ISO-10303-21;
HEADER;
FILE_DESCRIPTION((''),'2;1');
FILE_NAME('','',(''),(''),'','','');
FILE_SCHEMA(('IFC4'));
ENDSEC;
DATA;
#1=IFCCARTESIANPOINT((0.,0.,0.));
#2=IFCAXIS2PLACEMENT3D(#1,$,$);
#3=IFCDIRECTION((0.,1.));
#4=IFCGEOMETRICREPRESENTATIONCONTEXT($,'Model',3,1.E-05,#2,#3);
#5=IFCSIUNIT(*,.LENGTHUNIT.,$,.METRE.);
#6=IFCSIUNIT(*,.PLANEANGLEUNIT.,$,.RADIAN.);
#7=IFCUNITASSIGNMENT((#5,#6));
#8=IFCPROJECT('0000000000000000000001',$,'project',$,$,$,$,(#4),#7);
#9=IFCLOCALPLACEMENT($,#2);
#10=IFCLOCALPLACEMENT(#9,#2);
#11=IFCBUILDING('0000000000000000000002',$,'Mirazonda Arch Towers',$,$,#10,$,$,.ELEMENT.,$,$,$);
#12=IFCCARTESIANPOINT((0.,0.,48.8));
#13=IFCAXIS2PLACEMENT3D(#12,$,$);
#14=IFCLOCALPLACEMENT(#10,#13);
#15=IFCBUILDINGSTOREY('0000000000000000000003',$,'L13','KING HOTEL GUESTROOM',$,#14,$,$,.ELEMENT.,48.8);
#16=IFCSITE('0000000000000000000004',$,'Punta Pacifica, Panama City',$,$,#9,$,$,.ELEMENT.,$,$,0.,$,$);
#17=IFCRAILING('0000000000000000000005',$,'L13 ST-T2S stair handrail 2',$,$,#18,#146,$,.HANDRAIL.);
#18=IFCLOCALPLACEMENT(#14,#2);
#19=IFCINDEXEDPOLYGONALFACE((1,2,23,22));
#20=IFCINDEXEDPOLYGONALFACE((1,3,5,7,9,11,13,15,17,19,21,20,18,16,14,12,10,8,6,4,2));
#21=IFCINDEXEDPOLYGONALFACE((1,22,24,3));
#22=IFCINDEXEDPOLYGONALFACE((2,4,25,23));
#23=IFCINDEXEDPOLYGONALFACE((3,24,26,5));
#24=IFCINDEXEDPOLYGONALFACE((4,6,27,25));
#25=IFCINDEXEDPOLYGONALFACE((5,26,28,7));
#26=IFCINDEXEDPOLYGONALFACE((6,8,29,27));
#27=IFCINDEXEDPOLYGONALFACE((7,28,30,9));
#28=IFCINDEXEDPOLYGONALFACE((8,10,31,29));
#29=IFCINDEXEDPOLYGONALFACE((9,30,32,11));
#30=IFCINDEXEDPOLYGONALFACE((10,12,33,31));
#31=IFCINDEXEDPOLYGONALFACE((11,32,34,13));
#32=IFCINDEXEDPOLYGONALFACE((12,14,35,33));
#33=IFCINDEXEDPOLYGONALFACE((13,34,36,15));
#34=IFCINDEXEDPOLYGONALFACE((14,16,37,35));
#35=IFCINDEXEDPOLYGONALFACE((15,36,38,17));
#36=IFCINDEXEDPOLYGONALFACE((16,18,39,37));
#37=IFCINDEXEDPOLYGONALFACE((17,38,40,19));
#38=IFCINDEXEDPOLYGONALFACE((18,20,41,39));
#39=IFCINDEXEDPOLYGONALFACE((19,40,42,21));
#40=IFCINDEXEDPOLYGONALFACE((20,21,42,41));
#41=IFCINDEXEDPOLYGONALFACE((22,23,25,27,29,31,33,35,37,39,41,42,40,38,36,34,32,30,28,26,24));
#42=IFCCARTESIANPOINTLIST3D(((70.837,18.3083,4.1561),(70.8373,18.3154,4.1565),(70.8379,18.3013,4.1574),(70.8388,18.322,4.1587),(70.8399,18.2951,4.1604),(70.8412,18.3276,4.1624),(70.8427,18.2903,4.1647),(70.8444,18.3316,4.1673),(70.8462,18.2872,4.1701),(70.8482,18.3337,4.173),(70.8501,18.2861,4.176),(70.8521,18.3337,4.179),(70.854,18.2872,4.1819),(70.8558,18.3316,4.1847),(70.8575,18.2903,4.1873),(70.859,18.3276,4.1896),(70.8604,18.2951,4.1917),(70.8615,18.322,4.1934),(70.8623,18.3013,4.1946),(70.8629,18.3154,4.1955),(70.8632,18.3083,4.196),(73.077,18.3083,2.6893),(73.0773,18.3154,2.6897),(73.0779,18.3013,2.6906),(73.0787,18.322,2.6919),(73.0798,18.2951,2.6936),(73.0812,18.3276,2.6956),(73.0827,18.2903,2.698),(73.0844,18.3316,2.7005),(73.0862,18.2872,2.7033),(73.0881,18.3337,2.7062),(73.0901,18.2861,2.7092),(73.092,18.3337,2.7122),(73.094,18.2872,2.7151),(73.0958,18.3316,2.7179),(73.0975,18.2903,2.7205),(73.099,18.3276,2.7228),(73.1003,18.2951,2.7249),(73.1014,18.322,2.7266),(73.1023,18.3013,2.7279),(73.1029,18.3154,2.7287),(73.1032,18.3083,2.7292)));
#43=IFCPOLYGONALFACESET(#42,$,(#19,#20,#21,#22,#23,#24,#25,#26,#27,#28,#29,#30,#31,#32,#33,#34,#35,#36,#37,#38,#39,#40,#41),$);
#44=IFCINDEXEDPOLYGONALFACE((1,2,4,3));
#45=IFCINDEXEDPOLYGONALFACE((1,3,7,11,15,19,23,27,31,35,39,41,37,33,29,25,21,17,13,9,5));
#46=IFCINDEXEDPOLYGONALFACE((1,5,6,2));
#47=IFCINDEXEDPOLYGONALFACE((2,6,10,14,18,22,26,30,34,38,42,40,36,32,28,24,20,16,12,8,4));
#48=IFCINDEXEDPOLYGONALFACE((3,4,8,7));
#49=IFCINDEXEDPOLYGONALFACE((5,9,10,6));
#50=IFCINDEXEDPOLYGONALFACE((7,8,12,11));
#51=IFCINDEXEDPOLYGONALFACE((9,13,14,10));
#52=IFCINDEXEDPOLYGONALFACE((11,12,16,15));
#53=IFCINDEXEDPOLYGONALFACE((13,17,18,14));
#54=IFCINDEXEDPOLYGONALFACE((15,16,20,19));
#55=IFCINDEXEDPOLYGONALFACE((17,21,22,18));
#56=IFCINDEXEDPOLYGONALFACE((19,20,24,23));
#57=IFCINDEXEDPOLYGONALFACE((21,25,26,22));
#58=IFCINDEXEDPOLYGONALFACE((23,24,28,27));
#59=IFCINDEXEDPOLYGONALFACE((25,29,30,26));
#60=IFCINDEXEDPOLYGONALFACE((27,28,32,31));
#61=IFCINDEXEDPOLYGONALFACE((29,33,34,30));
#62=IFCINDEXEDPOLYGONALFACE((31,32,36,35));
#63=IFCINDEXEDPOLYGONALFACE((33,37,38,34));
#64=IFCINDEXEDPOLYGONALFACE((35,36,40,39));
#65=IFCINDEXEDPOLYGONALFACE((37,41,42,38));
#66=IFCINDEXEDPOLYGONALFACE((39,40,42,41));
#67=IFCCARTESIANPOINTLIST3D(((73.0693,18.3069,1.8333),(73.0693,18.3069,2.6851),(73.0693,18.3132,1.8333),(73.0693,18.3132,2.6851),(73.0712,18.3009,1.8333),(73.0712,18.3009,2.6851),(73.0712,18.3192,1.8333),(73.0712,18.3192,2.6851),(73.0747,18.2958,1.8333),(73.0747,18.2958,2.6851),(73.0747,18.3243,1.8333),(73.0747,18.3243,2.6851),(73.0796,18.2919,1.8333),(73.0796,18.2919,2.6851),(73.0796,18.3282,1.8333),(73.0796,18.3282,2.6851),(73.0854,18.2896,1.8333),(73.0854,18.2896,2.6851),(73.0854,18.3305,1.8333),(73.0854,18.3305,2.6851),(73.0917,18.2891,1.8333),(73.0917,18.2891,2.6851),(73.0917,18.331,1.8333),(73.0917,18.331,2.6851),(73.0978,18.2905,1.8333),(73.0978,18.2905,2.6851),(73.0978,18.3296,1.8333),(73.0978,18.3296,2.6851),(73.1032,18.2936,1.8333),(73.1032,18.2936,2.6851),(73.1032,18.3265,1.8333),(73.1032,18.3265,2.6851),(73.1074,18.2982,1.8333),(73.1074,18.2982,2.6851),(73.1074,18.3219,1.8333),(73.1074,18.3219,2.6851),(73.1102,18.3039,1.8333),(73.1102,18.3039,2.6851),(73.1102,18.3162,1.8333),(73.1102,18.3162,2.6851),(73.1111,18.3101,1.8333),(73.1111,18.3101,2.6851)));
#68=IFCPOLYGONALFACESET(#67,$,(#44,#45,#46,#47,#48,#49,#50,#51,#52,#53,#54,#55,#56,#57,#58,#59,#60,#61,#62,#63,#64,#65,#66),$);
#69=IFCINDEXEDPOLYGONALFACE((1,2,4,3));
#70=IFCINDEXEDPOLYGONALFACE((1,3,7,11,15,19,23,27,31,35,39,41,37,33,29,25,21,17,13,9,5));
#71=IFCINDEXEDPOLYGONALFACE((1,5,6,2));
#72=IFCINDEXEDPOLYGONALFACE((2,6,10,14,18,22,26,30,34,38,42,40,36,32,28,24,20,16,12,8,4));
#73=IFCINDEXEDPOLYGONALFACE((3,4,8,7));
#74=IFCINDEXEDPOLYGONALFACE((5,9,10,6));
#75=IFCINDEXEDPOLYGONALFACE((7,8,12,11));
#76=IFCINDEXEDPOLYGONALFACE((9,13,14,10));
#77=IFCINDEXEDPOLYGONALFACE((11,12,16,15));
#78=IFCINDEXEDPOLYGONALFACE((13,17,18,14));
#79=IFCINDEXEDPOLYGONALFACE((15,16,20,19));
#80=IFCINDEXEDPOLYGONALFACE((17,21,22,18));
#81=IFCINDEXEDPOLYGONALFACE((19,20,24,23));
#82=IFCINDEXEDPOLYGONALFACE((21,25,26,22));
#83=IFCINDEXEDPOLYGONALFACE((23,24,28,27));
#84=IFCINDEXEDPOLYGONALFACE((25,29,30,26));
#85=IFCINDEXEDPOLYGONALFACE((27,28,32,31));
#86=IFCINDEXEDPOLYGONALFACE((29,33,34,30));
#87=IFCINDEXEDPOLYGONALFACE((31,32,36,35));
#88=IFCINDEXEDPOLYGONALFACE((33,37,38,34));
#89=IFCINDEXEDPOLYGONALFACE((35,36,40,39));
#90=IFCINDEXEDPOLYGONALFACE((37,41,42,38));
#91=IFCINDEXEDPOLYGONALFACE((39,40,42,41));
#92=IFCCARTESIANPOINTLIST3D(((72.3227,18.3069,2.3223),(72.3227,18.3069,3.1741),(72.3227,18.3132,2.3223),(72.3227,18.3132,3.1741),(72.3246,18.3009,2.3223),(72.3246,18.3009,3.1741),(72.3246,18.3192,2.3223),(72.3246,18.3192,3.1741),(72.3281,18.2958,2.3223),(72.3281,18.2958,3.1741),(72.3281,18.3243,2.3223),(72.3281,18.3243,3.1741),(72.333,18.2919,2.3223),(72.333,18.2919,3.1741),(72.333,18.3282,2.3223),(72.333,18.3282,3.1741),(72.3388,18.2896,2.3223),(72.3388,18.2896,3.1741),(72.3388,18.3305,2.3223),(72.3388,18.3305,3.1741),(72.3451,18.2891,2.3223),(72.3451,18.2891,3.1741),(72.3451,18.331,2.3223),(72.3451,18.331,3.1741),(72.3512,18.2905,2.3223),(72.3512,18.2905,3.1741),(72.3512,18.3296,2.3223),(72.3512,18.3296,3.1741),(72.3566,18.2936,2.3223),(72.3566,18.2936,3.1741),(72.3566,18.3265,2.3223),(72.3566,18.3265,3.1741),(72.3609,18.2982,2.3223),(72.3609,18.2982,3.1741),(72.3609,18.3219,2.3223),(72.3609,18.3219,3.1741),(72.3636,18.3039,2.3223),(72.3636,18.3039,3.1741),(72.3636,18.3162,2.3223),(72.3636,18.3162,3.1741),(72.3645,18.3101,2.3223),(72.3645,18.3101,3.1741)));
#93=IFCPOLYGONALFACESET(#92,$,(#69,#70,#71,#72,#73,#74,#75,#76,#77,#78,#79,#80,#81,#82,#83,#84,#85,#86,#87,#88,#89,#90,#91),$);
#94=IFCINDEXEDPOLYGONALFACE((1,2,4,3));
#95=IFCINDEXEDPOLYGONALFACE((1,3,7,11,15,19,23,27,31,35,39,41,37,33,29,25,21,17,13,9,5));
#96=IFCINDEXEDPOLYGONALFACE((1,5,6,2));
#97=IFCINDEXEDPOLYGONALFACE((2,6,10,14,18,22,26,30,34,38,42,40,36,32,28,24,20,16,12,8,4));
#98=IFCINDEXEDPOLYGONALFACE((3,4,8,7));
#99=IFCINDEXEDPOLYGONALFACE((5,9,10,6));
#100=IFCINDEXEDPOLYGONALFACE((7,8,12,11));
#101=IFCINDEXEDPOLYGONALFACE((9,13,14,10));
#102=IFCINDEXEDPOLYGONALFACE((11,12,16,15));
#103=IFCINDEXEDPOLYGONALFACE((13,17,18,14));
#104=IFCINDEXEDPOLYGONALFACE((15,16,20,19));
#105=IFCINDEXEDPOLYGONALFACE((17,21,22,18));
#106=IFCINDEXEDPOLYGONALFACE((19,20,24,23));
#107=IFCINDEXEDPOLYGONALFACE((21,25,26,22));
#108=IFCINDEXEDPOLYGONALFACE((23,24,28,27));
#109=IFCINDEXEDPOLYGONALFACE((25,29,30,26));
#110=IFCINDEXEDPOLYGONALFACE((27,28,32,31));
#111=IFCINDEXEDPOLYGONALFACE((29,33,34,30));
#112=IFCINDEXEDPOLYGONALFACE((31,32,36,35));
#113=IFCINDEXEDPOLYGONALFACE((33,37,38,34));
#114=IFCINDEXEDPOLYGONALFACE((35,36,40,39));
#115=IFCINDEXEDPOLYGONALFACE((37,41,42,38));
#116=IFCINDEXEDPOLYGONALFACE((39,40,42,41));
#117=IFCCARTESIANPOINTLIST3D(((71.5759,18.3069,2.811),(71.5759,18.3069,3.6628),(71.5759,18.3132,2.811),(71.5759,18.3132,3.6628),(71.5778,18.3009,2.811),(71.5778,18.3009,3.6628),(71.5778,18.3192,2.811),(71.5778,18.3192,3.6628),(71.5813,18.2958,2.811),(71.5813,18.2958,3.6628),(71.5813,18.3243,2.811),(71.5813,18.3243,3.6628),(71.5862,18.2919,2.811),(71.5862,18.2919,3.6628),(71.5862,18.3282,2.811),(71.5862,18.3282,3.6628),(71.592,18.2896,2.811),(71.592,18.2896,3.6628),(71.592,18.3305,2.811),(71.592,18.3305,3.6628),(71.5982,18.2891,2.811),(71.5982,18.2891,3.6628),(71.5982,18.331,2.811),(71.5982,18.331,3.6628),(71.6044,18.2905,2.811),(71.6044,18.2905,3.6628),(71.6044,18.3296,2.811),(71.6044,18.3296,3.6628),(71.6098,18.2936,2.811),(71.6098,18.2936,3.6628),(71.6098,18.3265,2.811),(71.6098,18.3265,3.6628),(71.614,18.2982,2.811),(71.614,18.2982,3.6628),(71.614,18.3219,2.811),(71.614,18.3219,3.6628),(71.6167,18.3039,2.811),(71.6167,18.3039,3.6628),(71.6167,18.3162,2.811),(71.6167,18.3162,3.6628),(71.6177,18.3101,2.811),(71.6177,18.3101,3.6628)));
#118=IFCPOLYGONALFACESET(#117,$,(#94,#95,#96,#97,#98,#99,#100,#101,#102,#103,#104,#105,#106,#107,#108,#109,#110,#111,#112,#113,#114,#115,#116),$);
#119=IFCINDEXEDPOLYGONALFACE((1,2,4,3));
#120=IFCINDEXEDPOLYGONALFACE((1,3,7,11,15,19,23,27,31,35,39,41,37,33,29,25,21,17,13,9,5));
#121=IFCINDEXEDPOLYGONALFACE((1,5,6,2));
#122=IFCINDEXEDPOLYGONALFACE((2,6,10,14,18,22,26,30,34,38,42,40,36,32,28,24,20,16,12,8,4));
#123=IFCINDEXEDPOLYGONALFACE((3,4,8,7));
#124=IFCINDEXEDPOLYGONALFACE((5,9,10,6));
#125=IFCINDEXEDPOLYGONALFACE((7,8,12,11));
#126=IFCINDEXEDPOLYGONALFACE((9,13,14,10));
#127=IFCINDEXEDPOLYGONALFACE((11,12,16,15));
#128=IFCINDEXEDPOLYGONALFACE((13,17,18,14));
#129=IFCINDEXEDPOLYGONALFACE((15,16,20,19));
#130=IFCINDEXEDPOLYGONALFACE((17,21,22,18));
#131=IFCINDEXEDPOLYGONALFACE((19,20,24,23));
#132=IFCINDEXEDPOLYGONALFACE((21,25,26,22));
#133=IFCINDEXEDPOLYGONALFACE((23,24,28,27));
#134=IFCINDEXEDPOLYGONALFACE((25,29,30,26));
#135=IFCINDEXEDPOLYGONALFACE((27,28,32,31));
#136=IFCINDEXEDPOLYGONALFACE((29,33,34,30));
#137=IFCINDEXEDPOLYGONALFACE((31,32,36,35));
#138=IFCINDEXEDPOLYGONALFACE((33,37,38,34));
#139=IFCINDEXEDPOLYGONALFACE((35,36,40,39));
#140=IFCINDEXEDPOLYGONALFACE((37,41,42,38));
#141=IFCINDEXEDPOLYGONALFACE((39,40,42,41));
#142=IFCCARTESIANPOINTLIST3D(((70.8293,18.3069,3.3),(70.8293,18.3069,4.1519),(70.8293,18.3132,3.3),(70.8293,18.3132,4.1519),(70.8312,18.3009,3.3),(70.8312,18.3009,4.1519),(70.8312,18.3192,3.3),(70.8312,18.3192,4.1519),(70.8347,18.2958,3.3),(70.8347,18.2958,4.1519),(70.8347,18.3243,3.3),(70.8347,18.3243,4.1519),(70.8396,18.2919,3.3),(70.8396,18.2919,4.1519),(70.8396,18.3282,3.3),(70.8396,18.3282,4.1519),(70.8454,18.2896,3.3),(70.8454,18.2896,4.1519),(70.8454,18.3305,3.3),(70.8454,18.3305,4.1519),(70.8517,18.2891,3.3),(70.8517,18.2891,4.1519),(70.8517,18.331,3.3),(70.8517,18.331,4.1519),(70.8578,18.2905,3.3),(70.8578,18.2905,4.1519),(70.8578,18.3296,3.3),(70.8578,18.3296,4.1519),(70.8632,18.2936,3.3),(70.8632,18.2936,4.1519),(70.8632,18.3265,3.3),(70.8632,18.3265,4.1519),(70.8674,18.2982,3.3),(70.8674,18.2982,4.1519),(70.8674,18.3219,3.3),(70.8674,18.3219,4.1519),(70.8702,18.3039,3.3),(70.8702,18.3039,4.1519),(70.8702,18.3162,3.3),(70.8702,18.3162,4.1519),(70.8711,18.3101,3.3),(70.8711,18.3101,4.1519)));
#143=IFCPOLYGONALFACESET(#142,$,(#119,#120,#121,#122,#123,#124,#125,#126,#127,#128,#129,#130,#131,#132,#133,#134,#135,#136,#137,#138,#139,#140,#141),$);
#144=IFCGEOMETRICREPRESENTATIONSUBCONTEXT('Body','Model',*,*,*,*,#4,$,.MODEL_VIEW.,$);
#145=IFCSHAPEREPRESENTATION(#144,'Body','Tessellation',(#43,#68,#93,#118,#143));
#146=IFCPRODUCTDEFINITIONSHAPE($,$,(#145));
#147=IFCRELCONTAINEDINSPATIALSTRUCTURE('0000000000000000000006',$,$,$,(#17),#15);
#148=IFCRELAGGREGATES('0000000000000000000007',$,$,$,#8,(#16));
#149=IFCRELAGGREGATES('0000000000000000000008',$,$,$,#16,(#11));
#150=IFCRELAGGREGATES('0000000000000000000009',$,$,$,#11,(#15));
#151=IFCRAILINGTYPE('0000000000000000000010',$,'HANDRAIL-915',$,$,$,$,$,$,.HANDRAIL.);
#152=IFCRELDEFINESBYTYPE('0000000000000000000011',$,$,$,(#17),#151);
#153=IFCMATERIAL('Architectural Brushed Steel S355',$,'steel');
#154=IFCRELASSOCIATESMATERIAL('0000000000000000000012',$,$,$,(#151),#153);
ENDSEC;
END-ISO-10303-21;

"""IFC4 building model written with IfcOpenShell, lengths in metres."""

from ifc_helpers import new_model, si_unit, direction, frame, origin, origin_2d, place, context, subcontext, project, spatial, circle, extrude, material, type_object, element, save


model = new_model("IFC4")

# Units and contexts
model_context = context("Model", 3, precision=1e-05, world=origin(), true_north=direction((0.0, 1.0)))
body_context = subcontext(model_context, "Body", "Model", "MODEL_VIEW")
ifc_project = project(units=[si_unit("LENGTHUNIT", "METRE"), si_unit("PLANEANGLEUNIT", "RADIAN")], contexts=[model_context])

# Site, building, storey
site_placement = place(None, origin())
site = spatial("IfcSite", under=ifc_project, at=site_placement, Name="Punta Pacifica, Panama City", CompositionType="ELEMENT", RefElevation=0.0)
building_placement = place(site_placement, origin())
building = spatial("IfcBuilding", under=site, at=building_placement, Name="Mirazonda Arch Towers", CompositionType="ELEMENT")
storey_placement = place(building_placement, frame((0.0, 0.0, 48.8)))
storey = spatial("IfcBuildingStorey", under=building, at=storey_placement, Name="L13", Description="KING HOTEL GUESTROOM", CompositionType="ELEMENT", Elevation=48.8)

# Railing
ifc_material_1 = material(Name="Architectural Brushed Steel S355", Category="steel")
railing_type_1 = type_object("IfcRailingType", Name="HANDRAIL-915", PredefinedType="HANDRAIL", material=ifc_material_1)
railing_1_placement = place(storey_placement, frame((73.0901, 18.3101, 1.8333)))
element("IfcRailing", 1, at=railing_1_placement, inside=storey, type_object=railing_type_1, Name="L13 ST-T2S stair handrail 2", PredefinedType="HANDRAIL", context=body_context, shape_type="SweptSolid", body=[
    extrude(circle(Radius=0.0239, at=origin_2d()), frame((0.0, 0.0, 0.876), z_axis=(-0.836595, 0.0, 0.547822), x_axis=(0.0, -1.0, 0.0)), (0.0, 0.0, 1.0), 2.6775),
    extrude(circle(Radius=0.021, at=origin_2d()), origin(), (0.0, 0.0, 1.0), 0.8518),
    extrude(circle(Radius=0.021, at=origin_2d()), frame((-0.7466, 0.0, 0.489)), (0.0, 0.0, 1.0), 0.8518),
    extrude(circle(Radius=0.021, at=origin_2d()), frame((-1.4934, 0.0, 0.9778)), (0.0, 0.0, 1.0), 0.8518),
    extrude(circle(Radius=0.021, at=origin_2d()), frame((-2.24, 0.0, 1.4668)), (0.0, 0.0, 1.0), 0.8518),
])

save(model, "model.ifc")
